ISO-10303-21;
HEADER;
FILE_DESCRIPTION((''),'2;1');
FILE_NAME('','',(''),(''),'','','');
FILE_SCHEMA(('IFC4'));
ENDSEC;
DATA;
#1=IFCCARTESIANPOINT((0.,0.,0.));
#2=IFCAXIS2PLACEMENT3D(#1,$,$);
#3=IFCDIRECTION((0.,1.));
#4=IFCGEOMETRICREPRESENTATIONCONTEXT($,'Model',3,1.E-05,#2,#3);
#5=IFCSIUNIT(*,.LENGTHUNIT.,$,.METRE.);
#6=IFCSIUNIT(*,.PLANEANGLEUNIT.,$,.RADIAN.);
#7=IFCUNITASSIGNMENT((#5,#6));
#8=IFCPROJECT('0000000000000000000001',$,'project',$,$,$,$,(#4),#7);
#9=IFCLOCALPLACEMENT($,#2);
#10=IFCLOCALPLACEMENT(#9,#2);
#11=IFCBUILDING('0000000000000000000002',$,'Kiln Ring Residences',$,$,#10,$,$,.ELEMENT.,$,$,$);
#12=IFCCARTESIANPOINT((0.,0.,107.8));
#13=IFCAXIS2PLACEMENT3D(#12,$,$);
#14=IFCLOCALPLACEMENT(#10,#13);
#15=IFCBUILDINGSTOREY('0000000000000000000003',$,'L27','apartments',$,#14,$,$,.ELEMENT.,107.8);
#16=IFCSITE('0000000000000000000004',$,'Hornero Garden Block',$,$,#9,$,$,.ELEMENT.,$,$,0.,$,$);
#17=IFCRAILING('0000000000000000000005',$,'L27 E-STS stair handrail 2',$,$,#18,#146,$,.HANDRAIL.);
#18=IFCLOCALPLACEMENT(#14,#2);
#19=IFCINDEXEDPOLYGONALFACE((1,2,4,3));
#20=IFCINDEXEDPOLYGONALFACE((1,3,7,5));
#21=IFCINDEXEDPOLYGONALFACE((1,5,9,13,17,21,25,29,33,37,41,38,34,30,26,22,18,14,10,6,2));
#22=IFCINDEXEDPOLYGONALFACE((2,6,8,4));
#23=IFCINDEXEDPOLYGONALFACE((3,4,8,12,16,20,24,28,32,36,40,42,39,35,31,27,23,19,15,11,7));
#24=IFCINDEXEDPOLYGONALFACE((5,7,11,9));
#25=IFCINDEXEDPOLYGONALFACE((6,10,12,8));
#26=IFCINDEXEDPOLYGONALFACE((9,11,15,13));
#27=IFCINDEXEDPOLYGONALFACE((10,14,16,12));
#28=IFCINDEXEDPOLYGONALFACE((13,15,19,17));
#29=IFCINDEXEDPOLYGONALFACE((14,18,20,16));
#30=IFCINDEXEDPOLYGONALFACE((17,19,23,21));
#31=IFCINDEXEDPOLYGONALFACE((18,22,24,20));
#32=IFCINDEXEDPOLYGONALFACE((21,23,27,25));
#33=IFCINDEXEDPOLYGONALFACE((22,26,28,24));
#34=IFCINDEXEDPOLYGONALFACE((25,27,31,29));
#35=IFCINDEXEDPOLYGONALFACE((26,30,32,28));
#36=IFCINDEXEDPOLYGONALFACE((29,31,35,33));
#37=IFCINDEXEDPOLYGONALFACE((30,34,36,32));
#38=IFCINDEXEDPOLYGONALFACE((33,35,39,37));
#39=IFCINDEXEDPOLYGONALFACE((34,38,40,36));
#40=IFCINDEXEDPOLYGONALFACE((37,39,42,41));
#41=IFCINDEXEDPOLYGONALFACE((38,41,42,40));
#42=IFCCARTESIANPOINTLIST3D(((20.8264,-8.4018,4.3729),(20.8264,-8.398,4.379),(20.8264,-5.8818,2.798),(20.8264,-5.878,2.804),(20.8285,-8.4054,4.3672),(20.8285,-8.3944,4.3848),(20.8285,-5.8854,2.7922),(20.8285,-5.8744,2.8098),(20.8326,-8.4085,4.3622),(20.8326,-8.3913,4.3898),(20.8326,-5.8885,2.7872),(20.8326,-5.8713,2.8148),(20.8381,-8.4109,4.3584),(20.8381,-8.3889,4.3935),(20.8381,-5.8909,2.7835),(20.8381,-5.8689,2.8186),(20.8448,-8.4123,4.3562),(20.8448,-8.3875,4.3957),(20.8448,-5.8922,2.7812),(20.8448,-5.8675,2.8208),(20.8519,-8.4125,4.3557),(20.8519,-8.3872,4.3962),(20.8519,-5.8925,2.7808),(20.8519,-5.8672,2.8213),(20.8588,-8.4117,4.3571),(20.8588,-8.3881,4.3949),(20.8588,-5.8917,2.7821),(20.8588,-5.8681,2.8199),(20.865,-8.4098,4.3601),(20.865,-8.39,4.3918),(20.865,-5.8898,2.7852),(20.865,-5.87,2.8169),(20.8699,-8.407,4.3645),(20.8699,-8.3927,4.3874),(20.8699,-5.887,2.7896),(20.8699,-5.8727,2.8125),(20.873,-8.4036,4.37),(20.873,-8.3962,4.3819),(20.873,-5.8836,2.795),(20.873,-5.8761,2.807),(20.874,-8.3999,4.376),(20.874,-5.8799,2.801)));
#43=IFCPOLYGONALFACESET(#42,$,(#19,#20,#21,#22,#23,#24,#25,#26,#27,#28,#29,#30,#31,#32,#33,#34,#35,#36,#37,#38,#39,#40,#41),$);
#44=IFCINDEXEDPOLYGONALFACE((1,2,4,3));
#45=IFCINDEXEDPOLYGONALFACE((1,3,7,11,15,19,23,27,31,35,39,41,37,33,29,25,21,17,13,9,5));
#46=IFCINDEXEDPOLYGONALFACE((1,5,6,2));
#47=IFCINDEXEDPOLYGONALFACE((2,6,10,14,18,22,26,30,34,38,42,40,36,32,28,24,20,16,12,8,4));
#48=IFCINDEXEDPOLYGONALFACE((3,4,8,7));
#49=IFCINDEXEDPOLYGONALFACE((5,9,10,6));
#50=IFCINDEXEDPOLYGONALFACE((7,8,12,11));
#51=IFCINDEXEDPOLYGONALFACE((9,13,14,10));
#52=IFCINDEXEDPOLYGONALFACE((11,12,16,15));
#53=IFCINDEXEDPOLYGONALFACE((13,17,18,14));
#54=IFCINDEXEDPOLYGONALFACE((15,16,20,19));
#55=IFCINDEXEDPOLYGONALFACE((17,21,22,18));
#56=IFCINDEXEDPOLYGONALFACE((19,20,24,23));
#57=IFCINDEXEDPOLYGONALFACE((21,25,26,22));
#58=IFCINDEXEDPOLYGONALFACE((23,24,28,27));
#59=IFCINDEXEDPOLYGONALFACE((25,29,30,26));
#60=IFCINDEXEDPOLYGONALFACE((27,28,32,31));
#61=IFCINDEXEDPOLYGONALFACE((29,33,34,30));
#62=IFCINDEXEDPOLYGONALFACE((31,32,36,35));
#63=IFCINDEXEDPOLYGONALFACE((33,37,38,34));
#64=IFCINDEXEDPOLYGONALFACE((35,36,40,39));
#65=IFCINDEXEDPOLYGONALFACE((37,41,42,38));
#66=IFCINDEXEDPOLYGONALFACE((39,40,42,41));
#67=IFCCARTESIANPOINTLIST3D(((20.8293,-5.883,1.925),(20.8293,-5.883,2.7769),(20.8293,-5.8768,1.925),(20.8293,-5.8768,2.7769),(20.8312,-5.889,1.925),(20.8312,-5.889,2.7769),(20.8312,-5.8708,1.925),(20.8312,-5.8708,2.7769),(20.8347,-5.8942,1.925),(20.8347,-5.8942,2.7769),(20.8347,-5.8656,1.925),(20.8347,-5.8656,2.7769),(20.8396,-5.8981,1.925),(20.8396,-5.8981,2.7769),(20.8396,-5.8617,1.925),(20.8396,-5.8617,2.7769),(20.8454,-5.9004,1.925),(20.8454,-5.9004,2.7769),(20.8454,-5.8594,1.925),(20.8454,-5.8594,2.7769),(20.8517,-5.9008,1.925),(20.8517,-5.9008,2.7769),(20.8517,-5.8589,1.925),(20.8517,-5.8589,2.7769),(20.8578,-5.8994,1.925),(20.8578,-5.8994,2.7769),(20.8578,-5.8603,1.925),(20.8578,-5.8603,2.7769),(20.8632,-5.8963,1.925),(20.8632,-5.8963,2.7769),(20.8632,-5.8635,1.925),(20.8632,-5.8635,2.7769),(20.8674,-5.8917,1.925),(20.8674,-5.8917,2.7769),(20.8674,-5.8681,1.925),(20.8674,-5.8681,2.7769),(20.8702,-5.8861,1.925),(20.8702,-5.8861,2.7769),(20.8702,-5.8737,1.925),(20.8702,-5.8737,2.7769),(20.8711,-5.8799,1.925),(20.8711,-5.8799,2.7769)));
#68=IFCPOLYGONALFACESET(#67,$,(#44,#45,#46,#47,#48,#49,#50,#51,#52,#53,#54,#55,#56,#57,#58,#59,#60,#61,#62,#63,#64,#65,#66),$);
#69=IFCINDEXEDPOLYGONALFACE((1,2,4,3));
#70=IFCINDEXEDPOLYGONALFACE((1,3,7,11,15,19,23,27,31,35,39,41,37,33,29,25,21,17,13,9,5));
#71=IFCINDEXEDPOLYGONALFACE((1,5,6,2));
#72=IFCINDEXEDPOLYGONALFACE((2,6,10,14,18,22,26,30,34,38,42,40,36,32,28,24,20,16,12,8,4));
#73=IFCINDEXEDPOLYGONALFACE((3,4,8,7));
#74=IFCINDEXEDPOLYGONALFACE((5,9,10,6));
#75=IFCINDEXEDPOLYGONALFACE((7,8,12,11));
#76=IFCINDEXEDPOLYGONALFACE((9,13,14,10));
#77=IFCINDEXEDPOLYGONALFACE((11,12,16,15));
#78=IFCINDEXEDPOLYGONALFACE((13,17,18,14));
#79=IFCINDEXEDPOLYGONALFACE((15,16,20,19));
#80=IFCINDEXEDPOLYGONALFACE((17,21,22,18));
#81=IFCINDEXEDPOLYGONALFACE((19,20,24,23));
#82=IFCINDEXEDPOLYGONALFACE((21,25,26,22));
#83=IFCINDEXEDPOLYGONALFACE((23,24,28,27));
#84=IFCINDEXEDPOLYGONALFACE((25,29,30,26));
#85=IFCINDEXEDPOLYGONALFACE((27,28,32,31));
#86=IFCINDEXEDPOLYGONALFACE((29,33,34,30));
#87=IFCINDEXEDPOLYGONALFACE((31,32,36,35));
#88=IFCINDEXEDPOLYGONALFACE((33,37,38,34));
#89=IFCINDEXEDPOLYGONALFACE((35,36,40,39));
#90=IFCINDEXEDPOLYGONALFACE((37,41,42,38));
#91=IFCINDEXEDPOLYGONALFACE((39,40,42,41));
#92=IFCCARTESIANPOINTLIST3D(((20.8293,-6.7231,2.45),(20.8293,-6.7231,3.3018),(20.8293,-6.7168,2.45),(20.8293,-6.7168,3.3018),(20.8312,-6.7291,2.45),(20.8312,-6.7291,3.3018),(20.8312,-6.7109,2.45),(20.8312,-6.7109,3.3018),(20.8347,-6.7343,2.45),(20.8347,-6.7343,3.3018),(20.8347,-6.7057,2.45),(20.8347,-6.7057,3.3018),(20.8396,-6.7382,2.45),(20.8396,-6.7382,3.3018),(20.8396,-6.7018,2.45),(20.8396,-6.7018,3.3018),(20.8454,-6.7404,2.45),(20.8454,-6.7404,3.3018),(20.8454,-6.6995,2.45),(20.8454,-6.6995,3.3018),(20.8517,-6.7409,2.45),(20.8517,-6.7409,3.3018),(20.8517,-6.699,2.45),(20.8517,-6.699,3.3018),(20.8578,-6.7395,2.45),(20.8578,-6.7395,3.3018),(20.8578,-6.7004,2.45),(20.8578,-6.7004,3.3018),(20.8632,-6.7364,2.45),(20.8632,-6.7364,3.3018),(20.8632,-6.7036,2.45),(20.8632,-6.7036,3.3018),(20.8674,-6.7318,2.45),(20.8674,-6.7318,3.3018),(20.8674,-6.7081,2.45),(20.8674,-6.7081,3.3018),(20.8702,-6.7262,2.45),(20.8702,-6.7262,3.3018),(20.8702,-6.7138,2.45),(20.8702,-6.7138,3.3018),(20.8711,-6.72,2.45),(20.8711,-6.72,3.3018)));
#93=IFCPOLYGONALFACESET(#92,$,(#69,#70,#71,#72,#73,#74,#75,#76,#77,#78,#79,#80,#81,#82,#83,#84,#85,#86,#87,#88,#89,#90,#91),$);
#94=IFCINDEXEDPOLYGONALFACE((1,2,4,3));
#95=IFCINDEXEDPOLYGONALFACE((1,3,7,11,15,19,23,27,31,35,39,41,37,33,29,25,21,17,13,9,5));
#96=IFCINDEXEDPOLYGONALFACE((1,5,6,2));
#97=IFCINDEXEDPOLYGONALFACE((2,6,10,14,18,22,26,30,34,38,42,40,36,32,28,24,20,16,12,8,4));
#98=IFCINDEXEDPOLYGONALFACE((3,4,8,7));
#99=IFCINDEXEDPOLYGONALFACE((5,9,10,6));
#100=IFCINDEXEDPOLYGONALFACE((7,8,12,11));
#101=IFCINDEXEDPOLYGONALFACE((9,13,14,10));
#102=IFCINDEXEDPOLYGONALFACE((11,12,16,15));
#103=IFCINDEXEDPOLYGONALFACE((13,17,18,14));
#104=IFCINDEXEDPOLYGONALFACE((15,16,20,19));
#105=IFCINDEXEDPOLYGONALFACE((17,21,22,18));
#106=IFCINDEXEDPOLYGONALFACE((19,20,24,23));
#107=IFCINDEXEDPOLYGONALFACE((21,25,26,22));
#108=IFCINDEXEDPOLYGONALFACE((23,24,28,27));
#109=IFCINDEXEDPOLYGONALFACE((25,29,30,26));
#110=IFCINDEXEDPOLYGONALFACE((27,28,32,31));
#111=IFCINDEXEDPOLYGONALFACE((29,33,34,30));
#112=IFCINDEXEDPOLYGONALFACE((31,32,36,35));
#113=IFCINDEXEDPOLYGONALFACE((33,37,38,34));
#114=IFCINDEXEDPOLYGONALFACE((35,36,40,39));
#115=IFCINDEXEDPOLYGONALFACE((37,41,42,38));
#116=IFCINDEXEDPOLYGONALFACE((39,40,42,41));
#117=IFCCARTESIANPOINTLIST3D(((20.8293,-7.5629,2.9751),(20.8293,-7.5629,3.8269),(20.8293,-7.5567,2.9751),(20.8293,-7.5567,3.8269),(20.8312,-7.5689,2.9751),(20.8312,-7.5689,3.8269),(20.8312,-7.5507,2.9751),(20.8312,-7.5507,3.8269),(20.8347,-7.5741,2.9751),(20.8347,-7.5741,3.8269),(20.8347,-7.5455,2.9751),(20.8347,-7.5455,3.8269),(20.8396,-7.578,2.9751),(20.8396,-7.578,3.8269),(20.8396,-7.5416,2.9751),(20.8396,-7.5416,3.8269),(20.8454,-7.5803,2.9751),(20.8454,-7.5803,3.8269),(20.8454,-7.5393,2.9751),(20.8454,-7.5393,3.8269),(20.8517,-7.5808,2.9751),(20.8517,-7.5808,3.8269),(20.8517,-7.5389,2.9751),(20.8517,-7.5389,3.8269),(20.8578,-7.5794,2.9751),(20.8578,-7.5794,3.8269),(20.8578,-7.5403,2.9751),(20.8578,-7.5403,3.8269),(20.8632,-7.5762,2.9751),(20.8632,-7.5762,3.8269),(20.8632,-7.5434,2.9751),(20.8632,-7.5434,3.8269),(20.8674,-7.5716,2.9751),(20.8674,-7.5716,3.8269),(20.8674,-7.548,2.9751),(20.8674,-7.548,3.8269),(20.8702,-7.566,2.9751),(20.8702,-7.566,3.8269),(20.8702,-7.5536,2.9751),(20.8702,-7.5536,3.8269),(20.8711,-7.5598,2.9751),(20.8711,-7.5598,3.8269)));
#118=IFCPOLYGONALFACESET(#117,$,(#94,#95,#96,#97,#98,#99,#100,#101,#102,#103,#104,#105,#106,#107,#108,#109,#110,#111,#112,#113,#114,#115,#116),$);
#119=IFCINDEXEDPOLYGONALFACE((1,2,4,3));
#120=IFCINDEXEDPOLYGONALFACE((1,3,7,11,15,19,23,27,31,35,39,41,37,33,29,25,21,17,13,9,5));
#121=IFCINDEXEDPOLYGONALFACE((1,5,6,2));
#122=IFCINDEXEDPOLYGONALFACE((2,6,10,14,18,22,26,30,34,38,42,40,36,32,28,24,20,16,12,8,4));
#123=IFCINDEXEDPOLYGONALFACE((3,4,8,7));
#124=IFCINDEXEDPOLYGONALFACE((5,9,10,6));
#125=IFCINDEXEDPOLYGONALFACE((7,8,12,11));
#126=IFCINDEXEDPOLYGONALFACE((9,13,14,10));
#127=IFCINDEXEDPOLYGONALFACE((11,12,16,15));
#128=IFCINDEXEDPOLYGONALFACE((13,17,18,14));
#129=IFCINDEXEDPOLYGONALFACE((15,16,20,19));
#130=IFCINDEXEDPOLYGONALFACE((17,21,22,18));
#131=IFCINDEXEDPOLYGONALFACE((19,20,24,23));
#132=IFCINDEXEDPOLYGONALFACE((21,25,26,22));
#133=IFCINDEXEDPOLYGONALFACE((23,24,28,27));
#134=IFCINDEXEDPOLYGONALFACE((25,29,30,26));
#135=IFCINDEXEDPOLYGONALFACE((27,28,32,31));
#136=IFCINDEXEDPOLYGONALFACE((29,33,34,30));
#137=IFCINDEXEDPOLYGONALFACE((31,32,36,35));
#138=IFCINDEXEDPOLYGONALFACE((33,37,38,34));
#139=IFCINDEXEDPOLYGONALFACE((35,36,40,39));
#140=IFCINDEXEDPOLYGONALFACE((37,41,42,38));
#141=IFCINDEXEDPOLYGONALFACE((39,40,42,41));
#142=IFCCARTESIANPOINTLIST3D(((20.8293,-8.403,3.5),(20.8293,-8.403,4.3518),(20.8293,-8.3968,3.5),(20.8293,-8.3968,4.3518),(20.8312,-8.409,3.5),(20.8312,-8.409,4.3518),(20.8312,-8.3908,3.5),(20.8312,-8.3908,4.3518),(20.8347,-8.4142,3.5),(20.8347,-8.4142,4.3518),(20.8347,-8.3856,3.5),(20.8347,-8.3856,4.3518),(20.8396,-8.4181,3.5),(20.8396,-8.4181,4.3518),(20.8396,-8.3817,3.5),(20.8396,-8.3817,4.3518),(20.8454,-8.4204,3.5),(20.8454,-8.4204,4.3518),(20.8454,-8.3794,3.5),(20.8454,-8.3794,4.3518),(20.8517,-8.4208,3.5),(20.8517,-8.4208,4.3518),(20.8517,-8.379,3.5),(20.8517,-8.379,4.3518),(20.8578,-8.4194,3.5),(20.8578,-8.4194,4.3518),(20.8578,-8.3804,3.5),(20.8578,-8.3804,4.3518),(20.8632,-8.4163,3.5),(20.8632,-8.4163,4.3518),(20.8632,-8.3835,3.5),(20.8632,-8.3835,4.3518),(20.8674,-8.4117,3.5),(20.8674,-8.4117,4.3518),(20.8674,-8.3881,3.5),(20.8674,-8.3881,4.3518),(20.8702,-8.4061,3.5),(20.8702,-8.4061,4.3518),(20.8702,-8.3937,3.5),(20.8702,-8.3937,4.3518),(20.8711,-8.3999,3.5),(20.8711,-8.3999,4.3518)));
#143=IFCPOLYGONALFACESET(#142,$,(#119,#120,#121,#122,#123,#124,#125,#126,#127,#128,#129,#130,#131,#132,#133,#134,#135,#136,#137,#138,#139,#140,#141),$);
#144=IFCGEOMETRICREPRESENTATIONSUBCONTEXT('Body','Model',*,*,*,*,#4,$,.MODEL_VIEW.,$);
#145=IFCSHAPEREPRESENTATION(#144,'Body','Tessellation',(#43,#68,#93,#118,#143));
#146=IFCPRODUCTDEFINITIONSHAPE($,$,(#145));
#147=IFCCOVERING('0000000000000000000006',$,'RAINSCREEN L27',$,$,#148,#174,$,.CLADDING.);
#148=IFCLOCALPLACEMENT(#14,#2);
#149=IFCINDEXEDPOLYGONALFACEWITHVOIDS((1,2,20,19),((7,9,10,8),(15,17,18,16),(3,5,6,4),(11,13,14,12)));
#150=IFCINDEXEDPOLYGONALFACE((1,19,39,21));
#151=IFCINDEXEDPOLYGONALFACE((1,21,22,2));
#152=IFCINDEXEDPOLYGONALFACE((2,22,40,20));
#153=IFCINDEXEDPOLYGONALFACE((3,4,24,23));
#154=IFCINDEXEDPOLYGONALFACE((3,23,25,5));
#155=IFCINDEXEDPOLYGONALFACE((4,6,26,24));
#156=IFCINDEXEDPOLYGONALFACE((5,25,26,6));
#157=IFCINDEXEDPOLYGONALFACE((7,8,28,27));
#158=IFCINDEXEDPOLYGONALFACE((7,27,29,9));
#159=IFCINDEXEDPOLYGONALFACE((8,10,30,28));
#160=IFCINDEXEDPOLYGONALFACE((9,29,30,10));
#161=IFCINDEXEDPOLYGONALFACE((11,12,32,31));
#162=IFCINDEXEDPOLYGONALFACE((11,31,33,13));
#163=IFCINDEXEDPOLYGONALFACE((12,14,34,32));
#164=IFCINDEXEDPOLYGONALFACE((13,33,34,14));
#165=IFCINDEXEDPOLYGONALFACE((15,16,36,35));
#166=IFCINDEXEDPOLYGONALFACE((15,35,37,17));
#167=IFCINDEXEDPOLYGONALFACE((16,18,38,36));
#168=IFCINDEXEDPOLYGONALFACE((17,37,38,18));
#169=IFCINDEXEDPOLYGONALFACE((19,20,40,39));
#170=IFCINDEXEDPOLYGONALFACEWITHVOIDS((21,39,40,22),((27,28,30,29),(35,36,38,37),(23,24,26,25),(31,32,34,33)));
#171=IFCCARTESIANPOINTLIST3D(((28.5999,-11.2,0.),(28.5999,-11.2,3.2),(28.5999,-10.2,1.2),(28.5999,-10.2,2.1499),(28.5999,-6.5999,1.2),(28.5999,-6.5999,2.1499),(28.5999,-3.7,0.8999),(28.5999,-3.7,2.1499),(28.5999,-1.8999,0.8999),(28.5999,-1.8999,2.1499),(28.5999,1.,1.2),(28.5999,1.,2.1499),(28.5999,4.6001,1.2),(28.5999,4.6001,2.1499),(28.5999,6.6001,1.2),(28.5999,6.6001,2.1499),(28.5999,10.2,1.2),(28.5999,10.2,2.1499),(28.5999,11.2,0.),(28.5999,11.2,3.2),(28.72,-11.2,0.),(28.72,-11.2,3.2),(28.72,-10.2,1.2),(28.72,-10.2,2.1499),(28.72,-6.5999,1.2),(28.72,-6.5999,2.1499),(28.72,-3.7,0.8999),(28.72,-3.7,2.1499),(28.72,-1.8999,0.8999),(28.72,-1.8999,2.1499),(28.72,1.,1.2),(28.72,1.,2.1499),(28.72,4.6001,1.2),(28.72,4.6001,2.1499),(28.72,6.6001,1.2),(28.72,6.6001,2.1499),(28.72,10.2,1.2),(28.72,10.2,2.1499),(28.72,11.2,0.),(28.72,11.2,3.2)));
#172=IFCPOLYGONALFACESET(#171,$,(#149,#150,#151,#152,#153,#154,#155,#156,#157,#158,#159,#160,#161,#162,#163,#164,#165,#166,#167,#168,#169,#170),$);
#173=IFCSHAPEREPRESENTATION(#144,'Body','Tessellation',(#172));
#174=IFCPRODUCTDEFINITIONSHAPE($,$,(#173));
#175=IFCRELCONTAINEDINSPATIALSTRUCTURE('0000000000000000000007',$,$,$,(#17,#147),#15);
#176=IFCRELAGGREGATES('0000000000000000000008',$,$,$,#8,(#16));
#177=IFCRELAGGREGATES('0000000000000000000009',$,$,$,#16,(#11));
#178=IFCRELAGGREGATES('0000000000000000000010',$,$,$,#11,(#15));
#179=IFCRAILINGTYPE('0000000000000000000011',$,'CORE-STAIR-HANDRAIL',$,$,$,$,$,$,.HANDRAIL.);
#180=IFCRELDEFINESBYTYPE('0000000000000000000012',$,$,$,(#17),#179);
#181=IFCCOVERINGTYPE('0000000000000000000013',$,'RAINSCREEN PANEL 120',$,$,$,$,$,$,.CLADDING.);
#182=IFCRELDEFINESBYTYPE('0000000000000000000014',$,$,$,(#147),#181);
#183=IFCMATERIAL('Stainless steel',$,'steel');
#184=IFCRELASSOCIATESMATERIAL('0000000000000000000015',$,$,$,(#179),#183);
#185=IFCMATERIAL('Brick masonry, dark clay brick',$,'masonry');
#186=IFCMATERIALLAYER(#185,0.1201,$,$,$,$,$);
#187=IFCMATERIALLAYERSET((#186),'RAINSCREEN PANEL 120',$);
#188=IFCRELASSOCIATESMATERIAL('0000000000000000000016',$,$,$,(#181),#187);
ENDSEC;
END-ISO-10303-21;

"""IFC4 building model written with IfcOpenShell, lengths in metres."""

from ifc_helpers import new_model, si_unit, direction, frame, origin, origin_2d, place, context, subcontext, project, spatial, polyline, circle, outline, extrude, material, layer, layer_set, type_object, element, save


model = new_model("IFC4")

# Units and contexts
model_context = context("Model", 3, precision=1e-05, world=origin(), true_north=direction((0.0, 1.0)))
body_context = subcontext(model_context, "Body", "Model", "MODEL_VIEW")
ifc_project = project(units=[si_unit("LENGTHUNIT", "METRE"), si_unit("PLANEANGLEUNIT", "RADIAN")], contexts=[model_context])

# Site, building, storey
site_placement = place(None, origin())
site = spatial("IfcSite", under=ifc_project, at=site_placement, Name="Hornero Garden Block", CompositionType="ELEMENT", RefElevation=0.0)
building_placement = place(site_placement, origin())
building = spatial("IfcBuilding", under=site, at=building_placement, Name="Kiln Ring Residences", CompositionType="ELEMENT")
storey_placement = place(building_placement, frame((0.0, 0.0, 107.8)))
storey = spatial("IfcBuildingStorey", under=building, at=storey_placement, Name="L27", Description="apartments", CompositionType="ELEMENT", Elevation=107.8)

# Railing
ifc_material_1 = material(Name="Stainless steel", Category="steel")
railing_type_1 = type_object("IfcRailingType", Name="CORE-STAIR-HANDRAIL", PredefinedType="HANDRAIL", material=ifc_material_1)
railing_1_placement = place(storey_placement, frame((20.8501, -5.8799, 1.925)))
element("IfcRailing", 1, at=railing_1_placement, inside=storey, type_object=railing_type_1, Name="L27 E-STS stair handrail 2", PredefinedType="HANDRAIL", context=body_context, shape_type="SweptSolid", body=[
    extrude(circle(Radius=0.0239, at=origin_2d()), frame((0.0, 0.0, 0.876), z_axis=(0.0, -0.848008, 0.529984), x_axis=(1.0, 0.0, 0.0)), (0.0, 0.0, 1.0), 2.9717),
    extrude(circle(Radius=0.021, at=origin_2d()), origin(), (0.0, 0.0, 1.0), 0.8518),
    extrude(circle(Radius=0.021, at=origin_2d()), frame((0.0, -0.8401, 0.5249)), (0.0, 0.0, 1.0), 0.8518),
    extrude(circle(Radius=0.021, at=origin_2d()), frame((0.0, -1.6799, 1.05)), (0.0, 0.0, 1.0), 0.8518),
    extrude(circle(Radius=0.021, at=origin_2d()), frame((0.0, -2.52, 1.575)), (0.0, 0.0, 1.0), 0.8518),
])

# Covering
ifc_material_2 = material(Name="Brick masonry, dark clay brick", Category="masonry")
ifc_layer_1 = layer(ifc_material_2, 0.1201)
ifc_layer_set_1 = layer_set([ifc_layer_1], Name="RAINSCREEN PANEL 120")
covering_type = type_object("IfcCoveringType", Name="RAINSCREEN PANEL 120", PredefinedType="CLADDING", material=ifc_layer_set_1)
covering_placement = place(storey_placement, frame((28.6599, -11.2, 0.0), z_axis=(0.0, 0.0, 1.0), x_axis=(0.0, 1.0, 0.0)))
element("IfcCovering", 2, at=covering_placement, inside=storey, type_object=covering_type, Name="RAINSCREEN L27", PredefinedType="CLADDING", context=body_context, shape_type="SweptSolid", body=[
    extrude(outline(polyline([(0.0, 0.0), (22.3999, 0.0), (22.3999, 3.2), (0.0, 3.2), (0.0, 0.0)]), holes=[polyline([(9.3, 0.8999), (9.3, 2.1499), (7.5, 2.1499), (7.5, 0.8999), (9.3, 0.8999)]), polyline([(4.6001, 1.2), (4.6001, 2.1499), (1.0, 2.1499), (1.0, 1.2), (4.6001, 1.2)]), polyline([(15.8, 1.2), (15.8, 2.1499), (12.2, 2.1499), (12.2, 1.2), (15.8, 1.2)]), polyline([(21.3999, 1.2), (21.3999, 2.1499), (17.8, 2.1499), (17.8, 1.2), (21.3999, 1.2)])]), frame((0.0, 0.0601, 0.0), z_axis=(0.0, -1.0, 0.0), x_axis=(1.0, 0.0, 0.0)), (0.0, 0.0, 1.0), 0.1201),
])

save(model, "model.ifc")
